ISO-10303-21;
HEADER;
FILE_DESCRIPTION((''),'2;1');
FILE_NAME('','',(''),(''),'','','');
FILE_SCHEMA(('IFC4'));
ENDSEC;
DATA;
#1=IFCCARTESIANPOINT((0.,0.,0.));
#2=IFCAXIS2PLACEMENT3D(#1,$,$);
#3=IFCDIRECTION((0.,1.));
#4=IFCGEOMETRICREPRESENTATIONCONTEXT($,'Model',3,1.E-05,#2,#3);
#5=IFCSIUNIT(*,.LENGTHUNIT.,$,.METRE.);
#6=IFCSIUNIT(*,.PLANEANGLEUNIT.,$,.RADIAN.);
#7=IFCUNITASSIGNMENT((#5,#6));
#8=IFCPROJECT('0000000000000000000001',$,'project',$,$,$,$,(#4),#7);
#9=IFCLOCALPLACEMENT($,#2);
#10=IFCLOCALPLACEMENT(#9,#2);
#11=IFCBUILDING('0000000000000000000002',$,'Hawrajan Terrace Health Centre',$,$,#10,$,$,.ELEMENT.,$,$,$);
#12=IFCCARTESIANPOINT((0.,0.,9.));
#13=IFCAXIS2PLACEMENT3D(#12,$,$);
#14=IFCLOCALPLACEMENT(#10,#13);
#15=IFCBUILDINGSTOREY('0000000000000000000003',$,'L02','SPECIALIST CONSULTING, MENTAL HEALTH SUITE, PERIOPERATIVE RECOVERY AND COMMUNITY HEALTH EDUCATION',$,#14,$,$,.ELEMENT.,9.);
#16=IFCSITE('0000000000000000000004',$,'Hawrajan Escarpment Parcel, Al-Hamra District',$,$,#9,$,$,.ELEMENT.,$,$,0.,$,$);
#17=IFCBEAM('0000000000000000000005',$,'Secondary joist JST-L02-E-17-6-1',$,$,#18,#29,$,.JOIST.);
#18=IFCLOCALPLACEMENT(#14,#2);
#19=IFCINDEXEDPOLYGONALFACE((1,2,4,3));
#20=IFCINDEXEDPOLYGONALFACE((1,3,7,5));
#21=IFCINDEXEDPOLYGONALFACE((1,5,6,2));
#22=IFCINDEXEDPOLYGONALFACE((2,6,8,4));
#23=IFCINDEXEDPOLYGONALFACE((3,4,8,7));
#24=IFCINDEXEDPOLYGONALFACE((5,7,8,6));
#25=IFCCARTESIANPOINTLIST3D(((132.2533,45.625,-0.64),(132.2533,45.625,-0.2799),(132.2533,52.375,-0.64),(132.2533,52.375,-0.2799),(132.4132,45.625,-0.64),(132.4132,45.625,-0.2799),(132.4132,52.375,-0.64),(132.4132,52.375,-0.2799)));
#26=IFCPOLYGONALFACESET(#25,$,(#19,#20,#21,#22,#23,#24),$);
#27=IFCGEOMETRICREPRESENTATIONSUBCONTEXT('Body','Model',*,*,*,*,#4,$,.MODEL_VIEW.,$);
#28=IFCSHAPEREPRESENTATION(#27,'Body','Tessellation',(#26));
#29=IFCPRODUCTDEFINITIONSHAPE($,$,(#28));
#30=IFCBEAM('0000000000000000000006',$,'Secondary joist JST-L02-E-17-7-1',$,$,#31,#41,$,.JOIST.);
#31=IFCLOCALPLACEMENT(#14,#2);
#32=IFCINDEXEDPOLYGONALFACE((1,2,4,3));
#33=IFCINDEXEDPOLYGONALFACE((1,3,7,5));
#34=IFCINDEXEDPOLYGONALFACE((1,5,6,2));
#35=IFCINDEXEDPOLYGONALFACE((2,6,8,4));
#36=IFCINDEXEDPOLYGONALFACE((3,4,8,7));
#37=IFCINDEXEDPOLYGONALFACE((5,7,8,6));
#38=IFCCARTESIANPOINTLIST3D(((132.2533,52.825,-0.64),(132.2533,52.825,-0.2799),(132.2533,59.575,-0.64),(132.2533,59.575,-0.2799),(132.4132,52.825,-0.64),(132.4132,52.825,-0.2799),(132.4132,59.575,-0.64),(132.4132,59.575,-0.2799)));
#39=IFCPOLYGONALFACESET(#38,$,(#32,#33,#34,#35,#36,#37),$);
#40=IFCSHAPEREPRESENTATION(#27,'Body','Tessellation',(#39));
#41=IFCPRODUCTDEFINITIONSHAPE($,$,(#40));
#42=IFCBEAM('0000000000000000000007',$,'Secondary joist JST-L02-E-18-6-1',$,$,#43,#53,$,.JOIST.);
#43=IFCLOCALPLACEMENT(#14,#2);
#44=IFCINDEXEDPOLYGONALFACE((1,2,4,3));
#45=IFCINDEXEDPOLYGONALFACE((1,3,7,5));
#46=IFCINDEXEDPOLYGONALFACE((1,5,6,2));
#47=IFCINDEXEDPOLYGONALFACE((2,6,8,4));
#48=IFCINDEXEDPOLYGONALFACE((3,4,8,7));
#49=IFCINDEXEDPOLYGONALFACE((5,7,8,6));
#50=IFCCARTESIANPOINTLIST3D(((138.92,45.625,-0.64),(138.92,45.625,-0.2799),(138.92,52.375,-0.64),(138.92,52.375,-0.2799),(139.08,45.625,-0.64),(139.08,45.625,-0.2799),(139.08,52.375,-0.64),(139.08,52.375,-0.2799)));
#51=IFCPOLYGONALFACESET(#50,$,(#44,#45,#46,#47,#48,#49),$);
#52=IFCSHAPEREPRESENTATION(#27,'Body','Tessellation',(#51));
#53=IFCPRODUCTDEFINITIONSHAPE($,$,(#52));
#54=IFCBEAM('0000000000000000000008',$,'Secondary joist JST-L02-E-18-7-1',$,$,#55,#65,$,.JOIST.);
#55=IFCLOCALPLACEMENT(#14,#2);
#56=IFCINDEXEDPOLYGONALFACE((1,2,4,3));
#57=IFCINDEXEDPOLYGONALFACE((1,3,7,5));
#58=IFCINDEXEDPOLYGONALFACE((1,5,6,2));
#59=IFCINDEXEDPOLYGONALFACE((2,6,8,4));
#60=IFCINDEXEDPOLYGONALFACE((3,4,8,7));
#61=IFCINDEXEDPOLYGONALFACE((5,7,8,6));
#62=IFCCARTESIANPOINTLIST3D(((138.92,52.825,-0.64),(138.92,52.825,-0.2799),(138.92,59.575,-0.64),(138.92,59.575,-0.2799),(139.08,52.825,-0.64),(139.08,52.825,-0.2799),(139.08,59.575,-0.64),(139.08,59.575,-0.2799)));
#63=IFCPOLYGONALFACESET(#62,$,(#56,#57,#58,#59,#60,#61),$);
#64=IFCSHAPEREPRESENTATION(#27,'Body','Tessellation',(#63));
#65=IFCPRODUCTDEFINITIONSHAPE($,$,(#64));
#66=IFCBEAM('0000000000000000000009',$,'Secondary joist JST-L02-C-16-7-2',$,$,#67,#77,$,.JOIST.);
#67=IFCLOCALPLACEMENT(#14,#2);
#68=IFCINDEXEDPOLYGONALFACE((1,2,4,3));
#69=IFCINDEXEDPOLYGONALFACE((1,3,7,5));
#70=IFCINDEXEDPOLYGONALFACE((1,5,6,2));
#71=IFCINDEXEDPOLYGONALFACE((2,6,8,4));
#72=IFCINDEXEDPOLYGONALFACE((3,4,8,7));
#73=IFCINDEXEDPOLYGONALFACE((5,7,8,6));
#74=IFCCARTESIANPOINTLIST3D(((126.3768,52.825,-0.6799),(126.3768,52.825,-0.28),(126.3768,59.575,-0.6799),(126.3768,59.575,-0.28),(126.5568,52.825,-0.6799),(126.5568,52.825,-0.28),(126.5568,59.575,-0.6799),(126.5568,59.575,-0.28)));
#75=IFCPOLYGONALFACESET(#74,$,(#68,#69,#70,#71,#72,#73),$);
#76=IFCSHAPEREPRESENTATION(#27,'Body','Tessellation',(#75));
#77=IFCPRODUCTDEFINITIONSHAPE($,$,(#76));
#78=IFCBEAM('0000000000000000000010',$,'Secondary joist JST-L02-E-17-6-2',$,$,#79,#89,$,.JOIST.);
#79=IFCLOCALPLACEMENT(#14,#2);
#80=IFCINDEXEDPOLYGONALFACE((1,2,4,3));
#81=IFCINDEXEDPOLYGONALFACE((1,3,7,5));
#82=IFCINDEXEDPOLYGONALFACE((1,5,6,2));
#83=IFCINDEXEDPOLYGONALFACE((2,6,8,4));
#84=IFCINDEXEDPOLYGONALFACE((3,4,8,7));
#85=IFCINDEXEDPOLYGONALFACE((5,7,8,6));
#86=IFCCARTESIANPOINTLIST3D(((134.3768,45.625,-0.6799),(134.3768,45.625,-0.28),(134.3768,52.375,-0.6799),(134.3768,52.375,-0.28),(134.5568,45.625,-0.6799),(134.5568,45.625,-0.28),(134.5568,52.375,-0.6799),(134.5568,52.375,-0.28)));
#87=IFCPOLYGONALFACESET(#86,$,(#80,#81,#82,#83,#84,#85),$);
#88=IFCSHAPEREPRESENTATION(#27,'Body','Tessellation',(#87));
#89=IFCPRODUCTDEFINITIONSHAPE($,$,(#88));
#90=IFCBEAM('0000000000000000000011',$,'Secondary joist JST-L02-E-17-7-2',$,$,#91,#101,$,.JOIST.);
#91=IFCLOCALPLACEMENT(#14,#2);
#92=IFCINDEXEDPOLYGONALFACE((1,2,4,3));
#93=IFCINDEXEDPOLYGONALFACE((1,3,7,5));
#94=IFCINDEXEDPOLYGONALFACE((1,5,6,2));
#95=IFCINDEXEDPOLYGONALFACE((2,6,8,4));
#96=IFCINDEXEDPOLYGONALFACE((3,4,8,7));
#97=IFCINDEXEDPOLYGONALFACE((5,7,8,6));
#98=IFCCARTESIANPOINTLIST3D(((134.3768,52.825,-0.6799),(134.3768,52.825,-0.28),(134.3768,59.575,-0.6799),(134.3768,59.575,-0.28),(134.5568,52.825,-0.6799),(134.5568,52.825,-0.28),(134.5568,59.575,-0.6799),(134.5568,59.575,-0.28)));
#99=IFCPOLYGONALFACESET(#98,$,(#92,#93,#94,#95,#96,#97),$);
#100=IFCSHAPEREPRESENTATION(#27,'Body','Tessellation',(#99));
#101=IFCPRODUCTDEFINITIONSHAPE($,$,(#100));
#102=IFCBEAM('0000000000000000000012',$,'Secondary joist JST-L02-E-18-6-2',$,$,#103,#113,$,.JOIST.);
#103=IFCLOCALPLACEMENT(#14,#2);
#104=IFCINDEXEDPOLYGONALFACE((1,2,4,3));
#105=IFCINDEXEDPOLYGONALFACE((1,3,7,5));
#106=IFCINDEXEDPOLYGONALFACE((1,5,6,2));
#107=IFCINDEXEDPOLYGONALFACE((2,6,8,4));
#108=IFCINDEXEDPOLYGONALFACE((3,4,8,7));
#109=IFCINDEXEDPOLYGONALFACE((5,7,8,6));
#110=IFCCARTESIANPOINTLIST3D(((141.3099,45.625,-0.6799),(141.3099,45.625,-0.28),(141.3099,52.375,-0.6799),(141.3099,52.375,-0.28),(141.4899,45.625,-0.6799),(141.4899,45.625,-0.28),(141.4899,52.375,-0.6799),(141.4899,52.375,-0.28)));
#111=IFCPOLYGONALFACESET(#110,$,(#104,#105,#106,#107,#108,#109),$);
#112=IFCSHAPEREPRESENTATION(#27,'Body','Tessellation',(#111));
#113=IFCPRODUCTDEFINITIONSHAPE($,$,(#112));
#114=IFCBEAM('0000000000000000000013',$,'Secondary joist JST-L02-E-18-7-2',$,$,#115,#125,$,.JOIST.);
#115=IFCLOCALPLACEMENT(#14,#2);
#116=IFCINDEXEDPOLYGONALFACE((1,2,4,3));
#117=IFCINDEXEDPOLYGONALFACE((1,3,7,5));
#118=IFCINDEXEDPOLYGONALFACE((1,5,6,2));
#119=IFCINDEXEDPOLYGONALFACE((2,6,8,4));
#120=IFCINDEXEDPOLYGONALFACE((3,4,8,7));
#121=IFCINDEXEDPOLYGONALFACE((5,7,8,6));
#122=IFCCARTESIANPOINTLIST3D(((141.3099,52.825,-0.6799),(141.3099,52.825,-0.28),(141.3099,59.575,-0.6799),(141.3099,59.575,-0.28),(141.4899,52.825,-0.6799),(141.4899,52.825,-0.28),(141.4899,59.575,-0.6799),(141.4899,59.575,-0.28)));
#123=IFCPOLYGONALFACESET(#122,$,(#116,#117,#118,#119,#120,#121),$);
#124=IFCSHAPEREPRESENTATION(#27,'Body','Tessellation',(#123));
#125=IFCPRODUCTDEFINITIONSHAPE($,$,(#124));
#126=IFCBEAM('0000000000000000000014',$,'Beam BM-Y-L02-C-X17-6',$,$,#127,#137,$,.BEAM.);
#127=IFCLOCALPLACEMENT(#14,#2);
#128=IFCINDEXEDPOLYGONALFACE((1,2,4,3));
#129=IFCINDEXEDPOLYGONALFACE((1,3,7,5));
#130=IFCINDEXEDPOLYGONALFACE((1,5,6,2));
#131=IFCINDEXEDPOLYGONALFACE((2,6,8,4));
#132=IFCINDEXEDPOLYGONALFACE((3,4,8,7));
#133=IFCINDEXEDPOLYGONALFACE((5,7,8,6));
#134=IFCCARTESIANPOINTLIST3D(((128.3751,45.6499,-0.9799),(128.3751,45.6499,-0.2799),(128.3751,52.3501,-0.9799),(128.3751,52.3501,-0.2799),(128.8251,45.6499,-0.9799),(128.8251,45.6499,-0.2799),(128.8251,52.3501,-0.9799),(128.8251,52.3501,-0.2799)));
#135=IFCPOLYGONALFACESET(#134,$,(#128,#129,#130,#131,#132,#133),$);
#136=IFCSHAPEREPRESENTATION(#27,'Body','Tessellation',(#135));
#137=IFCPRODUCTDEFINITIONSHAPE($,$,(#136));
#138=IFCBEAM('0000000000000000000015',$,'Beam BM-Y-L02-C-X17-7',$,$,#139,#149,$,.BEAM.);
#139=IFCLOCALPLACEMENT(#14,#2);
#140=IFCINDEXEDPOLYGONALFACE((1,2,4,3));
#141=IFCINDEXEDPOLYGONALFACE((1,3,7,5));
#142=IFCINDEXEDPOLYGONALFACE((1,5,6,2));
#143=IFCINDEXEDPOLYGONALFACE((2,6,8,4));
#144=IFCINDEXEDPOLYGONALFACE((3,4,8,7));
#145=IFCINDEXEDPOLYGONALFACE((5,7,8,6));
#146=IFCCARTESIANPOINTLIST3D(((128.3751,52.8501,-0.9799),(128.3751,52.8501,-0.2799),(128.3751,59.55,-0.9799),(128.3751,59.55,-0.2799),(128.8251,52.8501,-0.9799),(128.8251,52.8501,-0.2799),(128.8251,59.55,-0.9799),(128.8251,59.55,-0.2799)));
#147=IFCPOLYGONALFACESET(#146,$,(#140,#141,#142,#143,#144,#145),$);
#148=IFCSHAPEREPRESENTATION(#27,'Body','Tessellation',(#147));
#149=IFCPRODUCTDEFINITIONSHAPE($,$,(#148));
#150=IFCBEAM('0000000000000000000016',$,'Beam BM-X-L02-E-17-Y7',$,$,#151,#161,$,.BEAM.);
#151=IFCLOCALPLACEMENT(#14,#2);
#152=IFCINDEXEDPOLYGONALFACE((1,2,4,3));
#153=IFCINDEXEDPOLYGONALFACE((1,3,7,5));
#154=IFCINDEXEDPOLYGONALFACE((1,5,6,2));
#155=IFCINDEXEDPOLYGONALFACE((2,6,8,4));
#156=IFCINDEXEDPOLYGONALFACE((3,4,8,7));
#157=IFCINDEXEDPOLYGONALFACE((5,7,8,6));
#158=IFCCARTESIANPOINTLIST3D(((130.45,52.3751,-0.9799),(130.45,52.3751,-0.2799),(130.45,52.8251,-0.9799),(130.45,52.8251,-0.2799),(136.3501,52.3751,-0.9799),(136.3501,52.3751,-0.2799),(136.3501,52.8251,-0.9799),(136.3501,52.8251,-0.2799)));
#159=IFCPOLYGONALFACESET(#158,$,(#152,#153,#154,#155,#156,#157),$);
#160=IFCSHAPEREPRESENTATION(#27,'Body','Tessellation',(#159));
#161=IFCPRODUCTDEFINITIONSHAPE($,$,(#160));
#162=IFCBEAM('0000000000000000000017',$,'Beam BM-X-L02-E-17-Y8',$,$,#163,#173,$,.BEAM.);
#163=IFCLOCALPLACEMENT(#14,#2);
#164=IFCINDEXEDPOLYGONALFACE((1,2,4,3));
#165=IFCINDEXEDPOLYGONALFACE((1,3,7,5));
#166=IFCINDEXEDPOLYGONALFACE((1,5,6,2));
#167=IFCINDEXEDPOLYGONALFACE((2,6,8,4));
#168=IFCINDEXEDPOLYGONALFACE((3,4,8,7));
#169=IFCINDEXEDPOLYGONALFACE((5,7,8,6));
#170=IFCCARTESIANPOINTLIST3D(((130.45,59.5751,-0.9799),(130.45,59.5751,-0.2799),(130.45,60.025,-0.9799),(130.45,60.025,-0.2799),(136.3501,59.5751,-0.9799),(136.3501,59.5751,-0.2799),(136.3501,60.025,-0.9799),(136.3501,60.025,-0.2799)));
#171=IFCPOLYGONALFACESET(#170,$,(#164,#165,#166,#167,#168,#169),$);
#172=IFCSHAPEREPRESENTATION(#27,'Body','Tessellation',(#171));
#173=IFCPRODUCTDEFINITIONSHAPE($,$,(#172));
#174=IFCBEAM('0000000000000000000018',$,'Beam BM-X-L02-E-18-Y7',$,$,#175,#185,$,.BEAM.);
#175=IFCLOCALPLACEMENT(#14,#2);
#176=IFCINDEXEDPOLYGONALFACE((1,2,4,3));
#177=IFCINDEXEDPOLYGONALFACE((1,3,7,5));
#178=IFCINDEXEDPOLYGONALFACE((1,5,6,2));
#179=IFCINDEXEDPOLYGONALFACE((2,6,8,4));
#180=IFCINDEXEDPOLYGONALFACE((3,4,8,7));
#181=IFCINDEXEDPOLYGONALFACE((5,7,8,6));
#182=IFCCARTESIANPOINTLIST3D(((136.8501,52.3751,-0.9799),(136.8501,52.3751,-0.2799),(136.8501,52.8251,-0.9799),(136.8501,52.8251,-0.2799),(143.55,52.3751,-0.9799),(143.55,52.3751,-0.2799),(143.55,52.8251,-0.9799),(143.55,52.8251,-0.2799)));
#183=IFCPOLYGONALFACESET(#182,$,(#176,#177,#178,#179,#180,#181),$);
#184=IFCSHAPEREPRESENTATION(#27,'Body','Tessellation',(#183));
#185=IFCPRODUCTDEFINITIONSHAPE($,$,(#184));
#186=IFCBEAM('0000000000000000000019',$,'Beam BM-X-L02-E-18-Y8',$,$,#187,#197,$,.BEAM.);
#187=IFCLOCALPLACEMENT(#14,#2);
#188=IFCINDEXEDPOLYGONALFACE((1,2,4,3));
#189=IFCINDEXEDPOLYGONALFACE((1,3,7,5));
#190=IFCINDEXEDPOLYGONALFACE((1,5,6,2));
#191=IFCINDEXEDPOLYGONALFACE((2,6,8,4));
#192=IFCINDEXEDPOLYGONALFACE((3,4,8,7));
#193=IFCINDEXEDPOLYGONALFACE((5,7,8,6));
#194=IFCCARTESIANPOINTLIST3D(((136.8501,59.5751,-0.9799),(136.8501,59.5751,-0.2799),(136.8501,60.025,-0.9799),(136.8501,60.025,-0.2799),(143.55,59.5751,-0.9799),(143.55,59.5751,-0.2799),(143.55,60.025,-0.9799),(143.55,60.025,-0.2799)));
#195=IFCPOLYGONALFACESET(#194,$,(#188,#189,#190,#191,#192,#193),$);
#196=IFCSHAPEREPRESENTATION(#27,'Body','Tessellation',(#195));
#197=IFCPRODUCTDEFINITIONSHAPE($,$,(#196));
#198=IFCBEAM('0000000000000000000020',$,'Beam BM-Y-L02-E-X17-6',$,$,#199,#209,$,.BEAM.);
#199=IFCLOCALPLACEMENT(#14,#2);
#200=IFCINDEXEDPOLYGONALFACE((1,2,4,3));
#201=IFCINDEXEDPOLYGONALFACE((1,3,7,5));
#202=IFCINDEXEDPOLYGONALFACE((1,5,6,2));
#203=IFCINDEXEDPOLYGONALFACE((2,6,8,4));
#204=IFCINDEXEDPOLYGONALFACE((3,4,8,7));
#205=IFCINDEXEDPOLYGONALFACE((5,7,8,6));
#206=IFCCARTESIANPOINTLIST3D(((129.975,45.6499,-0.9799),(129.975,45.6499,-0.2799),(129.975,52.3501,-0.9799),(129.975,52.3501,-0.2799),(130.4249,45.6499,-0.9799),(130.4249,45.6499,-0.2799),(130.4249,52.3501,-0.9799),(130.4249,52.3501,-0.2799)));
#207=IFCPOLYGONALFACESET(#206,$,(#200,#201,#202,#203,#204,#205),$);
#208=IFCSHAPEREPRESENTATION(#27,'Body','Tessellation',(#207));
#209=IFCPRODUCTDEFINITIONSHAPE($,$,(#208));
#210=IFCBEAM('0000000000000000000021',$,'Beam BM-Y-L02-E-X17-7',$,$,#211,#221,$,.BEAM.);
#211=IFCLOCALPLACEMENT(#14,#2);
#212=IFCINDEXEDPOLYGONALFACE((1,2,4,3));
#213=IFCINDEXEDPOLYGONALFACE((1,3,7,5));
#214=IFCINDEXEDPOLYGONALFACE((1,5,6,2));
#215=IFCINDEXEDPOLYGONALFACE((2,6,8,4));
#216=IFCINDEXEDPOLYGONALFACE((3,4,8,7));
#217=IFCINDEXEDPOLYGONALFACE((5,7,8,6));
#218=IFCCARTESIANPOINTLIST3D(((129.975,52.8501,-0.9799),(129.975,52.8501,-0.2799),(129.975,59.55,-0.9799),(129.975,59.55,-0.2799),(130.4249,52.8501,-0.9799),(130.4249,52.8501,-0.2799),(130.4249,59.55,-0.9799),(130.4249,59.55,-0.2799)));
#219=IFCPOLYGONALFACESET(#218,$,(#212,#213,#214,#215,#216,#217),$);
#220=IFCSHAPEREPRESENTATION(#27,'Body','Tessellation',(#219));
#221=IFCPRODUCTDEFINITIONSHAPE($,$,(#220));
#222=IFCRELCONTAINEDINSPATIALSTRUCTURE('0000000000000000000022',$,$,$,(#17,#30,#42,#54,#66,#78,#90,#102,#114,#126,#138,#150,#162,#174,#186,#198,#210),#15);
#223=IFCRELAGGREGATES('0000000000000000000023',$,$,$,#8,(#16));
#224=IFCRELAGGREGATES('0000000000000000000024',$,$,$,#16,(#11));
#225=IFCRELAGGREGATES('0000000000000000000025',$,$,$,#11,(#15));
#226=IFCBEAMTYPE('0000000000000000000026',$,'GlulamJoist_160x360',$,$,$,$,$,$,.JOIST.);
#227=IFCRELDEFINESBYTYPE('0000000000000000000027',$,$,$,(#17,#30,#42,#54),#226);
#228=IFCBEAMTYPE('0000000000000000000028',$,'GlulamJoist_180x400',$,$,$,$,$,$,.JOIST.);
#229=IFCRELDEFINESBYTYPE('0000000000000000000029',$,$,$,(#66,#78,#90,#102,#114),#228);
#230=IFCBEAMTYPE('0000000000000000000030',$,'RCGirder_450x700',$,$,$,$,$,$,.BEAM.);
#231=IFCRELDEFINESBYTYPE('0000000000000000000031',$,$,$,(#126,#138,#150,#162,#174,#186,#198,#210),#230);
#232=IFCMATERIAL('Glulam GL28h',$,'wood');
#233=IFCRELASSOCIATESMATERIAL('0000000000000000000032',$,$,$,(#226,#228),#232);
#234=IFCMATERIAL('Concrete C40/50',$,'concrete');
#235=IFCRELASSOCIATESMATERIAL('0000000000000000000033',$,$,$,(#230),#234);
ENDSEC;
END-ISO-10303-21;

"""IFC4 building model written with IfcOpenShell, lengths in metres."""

from ifc_helpers import new_model, si_unit, direction, frame, origin, origin_2d, place, context, subcontext, project, spatial, rectangle, extrude, material, material_profile, profile_set, type_object, element, save


model = new_model("IFC4")

# Units and contexts
model_context = context("Model", 3, precision=1e-05, world=origin(), true_north=direction((0.0, 1.0)))
body_context = subcontext(model_context, "Body", "Model", "MODEL_VIEW")
ifc_project = project(units=[si_unit("LENGTHUNIT", "METRE"), si_unit("PLANEANGLEUNIT", "RADIAN")], contexts=[model_context])

# Site, building, storey
site_placement = place(None, origin())
site = spatial("IfcSite", under=ifc_project, at=site_placement, Name="Hawrajan Escarpment Parcel, Al-Hamra District", CompositionType="ELEMENT", RefElevation=0.0)
building_placement = place(site_placement, origin())
building = spatial("IfcBuilding", under=site, at=building_placement, Name="Hawrajan Terrace Health Centre", CompositionType="ELEMENT")
storey_placement = place(building_placement, frame((0.0, 0.0, 9.0)))
storey = spatial("IfcBuildingStorey", under=building, at=storey_placement, Name="L02", Description="SPECIALIST CONSULTING, MENTAL HEALTH SUITE, PERIOPERATIVE RECOVERY AND COMMUNITY HEALTH EDUCATION", CompositionType="ELEMENT", Elevation=9.0)

# Beams
ifc_material_1 = material(Name="Glulam GL28h", Category="wood")
ifc_material_profile_1 = material_profile(ifc_material_1, rectangle(XDim=0.1599, YDim=0.3601, at=origin_2d()), Name="GL JST 160x360")
ifc_profile_set_1 = profile_set([ifc_material_profile_1], Name="Glulam GL28h")
beam_type_1 = type_object("IfcBeamType", Name="GlulamJoist_160x360", PredefinedType="JOIST", material=ifc_profile_set_1)
for number, where, z_axis, x_axis, name in (
    (1, (132.3333, 45.625, -0.46), (0.0, 1.0, 0.0), (-1.0, 0.0, 0.0), "Secondary joist JST-L02-E-17-6-1"),
    (2, (132.3333, 52.825, -0.46), (0.0, 1.0, 0.0), (-1.0, 0.0, 0.0), "Secondary joist JST-L02-E-17-7-1"),
    (3, (139.0, 45.625, -0.46), (0.0, 1.0, 0.0), (-1.0, 0.0, 0.0), "Secondary joist JST-L02-E-18-6-1"),
    (4, (139.0, 52.825, -0.46), (0.0, 1.0, 0.0), (-1.0, 0.0, 0.0), "Secondary joist JST-L02-E-18-7-1"),
):
    element("IfcBeam", number, at=place(storey_placement, frame(where, z_axis=z_axis, x_axis=x_axis)), inside=storey, type_object=beam_type_1, Name=name, PredefinedType="JOIST", context=body_context, shape_type="SweptSolid", body=[
        extrude(rectangle(XDim=0.1599, YDim=0.3601, at=origin_2d()), origin(), (0.0, 0.0, 1.0), 6.75),
    ])
ifc_material_profile_2 = material_profile(ifc_material_1, rectangle(XDim=0.1799, YDim=0.3999, at=origin_2d()), Name="GL JST 180x400")
ifc_profile_set_2 = profile_set([ifc_material_profile_2], Name="Glulam GL28h")
beam_type_2 = type_object("IfcBeamType", Name="GlulamJoist_180x400", PredefinedType="JOIST", material=ifc_profile_set_2)
for number, where, z_axis, x_axis, name in (
    (5, (126.4668, 52.825, -0.48), (0.0, 1.0, 0.0), (-1.0, 0.0, 0.0), "Secondary joist JST-L02-C-16-7-2"),
    (6, (134.4668, 45.625, -0.48), (0.0, 1.0, 0.0), (-1.0, 0.0, 0.0), "Secondary joist JST-L02-E-17-6-2"),
    (7, (134.4668, 52.825, -0.48), (0.0, 1.0, 0.0), (-1.0, 0.0, 0.0), "Secondary joist JST-L02-E-17-7-2"),
    (8, (141.3999, 45.625, -0.48), (0.0, 1.0, 0.0), (-1.0, 0.0, 0.0), "Secondary joist JST-L02-E-18-6-2"),
    (9, (141.3999, 52.825, -0.48), (0.0, 1.0, 0.0), (-1.0, 0.0, 0.0), "Secondary joist JST-L02-E-18-7-2"),
):
    element("IfcBeam", number, at=place(storey_placement, frame(where, z_axis=z_axis, x_axis=x_axis)), inside=storey, type_object=beam_type_2, Name=name, PredefinedType="JOIST", context=body_context, shape_type="SweptSolid", body=[
        extrude(rectangle(XDim=0.1799, YDim=0.3999, at=origin_2d()), origin(), (0.0, 0.0, 1.0), 6.75),
    ])
ifc_material_2 = material(Name="Concrete C40/50", Category="concrete")
ifc_material_profile_3 = material_profile(ifc_material_2, rectangle(XDim=0.45, YDim=0.7, at=origin_2d()), Name="RC BM 450x700")
ifc_profile_set_3 = profile_set([ifc_material_profile_3], Name="Concrete C40/50")
beam_type_3 = type_object("IfcBeamType", Name="RCGirder_450x700", PredefinedType="BEAM", material=ifc_profile_set_3)
beam_1_placement = place(storey_placement, frame((128.6001, 45.6499, -0.6299), z_axis=(0.0, 1.0, 0.0), x_axis=(-1.0, 0.0, 0.0)))
element("IfcBeam", 10, at=beam_1_placement, inside=storey, type_object=beam_type_3, Name="Beam BM-Y-L02-C-X17-6", PredefinedType="BEAM", context=body_context, shape_type="SweptSolid", body=[
    extrude(rectangle(XDim=0.45, YDim=0.7, at=origin_2d()), origin(), (0.0, 0.0, 1.0), 6.7002),
])
beam_2_placement = place(storey_placement, frame((128.6001, 52.8501, -0.6299), z_axis=(0.0, 1.0, 0.0), x_axis=(-1.0, 0.0, 0.0)))
element("IfcBeam", 11, at=beam_2_placement, inside=storey, type_object=beam_type_3, Name="Beam BM-Y-L02-C-X17-7", PredefinedType="BEAM", context=body_context, shape_type="SweptSolid", body=[
    extrude(rectangle(XDim=0.45, YDim=0.7, at=origin_2d()), origin(), (0.0, 0.0, 1.0), 6.7),
])
for number, where, z_axis, x_axis, name in (
    (12, (130.45, 52.6001, -0.6299), (1.0, 0.0, 0.0), (0.0, 1.0, 0.0), "Beam BM-X-L02-E-17-Y7"),
    (13, (130.45, 59.8, -0.6299), (1.0, 0.0, 0.0), (0.0, 1.0, 0.0), "Beam BM-X-L02-E-17-Y8"),
):
    element("IfcBeam", number, at=place(storey_placement, frame(where, z_axis=z_axis, x_axis=x_axis)), inside=storey, type_object=beam_type_3, Name=name, PredefinedType="BEAM", context=body_context, shape_type="SweptSolid", body=[
        extrude(rectangle(XDim=0.45, YDim=0.7, at=origin_2d()), origin(), (0.0, 0.0, 1.0), 5.9001),
    ])
for number, where, z_axis, x_axis, name in (
    (14, (136.8501, 52.6001, -0.6299), (1.0, 0.0, 0.0), (0.0, 1.0, 0.0), "Beam BM-X-L02-E-18-Y7"),
    (15, (136.8501, 59.8, -0.6299), (1.0, 0.0, 0.0), (0.0, 1.0, 0.0), "Beam BM-X-L02-E-18-Y8"),
):
    element("IfcBeam", number, at=place(storey_placement, frame(where, z_axis=z_axis, x_axis=x_axis)), inside=storey, type_object=beam_type_3, Name=name, PredefinedType="BEAM", context=body_context, shape_type="SweptSolid", body=[
        extrude(rectangle(XDim=0.45, YDim=0.7, at=origin_2d()), origin(), (0.0, 0.0, 1.0), 6.7),
    ])
beam_3_placement = place(storey_placement, frame((130.2, 45.6499, -0.6299), z_axis=(0.0, 1.0, 0.0), x_axis=(-1.0, 0.0, 0.0)))
element("IfcBeam", 16, at=beam_3_placement, inside=storey, type_object=beam_type_3, Name="Beam BM-Y-L02-E-X17-6", PredefinedType="BEAM", context=body_context, shape_type="SweptSolid", body=[
    extrude(rectangle(XDim=0.45, YDim=0.7, at=origin_2d()), origin(), (0.0, 0.0, 1.0), 6.7002),
])
beam_4_placement = place(storey_placement, frame((130.2, 52.8501, -0.6299), z_axis=(0.0, 1.0, 0.0), x_axis=(-1.0, 0.0, 0.0)))
element("IfcBeam", 17, at=beam_4_placement, inside=storey, type_object=beam_type_3, Name="Beam BM-Y-L02-E-X17-7", PredefinedType="BEAM", context=body_context, shape_type="SweptSolid", body=[
    extrude(rectangle(XDim=0.45, YDim=0.7, at=origin_2d()), origin(), (0.0, 0.0, 1.0), 6.7),
])

save(model, "model.ifc")
